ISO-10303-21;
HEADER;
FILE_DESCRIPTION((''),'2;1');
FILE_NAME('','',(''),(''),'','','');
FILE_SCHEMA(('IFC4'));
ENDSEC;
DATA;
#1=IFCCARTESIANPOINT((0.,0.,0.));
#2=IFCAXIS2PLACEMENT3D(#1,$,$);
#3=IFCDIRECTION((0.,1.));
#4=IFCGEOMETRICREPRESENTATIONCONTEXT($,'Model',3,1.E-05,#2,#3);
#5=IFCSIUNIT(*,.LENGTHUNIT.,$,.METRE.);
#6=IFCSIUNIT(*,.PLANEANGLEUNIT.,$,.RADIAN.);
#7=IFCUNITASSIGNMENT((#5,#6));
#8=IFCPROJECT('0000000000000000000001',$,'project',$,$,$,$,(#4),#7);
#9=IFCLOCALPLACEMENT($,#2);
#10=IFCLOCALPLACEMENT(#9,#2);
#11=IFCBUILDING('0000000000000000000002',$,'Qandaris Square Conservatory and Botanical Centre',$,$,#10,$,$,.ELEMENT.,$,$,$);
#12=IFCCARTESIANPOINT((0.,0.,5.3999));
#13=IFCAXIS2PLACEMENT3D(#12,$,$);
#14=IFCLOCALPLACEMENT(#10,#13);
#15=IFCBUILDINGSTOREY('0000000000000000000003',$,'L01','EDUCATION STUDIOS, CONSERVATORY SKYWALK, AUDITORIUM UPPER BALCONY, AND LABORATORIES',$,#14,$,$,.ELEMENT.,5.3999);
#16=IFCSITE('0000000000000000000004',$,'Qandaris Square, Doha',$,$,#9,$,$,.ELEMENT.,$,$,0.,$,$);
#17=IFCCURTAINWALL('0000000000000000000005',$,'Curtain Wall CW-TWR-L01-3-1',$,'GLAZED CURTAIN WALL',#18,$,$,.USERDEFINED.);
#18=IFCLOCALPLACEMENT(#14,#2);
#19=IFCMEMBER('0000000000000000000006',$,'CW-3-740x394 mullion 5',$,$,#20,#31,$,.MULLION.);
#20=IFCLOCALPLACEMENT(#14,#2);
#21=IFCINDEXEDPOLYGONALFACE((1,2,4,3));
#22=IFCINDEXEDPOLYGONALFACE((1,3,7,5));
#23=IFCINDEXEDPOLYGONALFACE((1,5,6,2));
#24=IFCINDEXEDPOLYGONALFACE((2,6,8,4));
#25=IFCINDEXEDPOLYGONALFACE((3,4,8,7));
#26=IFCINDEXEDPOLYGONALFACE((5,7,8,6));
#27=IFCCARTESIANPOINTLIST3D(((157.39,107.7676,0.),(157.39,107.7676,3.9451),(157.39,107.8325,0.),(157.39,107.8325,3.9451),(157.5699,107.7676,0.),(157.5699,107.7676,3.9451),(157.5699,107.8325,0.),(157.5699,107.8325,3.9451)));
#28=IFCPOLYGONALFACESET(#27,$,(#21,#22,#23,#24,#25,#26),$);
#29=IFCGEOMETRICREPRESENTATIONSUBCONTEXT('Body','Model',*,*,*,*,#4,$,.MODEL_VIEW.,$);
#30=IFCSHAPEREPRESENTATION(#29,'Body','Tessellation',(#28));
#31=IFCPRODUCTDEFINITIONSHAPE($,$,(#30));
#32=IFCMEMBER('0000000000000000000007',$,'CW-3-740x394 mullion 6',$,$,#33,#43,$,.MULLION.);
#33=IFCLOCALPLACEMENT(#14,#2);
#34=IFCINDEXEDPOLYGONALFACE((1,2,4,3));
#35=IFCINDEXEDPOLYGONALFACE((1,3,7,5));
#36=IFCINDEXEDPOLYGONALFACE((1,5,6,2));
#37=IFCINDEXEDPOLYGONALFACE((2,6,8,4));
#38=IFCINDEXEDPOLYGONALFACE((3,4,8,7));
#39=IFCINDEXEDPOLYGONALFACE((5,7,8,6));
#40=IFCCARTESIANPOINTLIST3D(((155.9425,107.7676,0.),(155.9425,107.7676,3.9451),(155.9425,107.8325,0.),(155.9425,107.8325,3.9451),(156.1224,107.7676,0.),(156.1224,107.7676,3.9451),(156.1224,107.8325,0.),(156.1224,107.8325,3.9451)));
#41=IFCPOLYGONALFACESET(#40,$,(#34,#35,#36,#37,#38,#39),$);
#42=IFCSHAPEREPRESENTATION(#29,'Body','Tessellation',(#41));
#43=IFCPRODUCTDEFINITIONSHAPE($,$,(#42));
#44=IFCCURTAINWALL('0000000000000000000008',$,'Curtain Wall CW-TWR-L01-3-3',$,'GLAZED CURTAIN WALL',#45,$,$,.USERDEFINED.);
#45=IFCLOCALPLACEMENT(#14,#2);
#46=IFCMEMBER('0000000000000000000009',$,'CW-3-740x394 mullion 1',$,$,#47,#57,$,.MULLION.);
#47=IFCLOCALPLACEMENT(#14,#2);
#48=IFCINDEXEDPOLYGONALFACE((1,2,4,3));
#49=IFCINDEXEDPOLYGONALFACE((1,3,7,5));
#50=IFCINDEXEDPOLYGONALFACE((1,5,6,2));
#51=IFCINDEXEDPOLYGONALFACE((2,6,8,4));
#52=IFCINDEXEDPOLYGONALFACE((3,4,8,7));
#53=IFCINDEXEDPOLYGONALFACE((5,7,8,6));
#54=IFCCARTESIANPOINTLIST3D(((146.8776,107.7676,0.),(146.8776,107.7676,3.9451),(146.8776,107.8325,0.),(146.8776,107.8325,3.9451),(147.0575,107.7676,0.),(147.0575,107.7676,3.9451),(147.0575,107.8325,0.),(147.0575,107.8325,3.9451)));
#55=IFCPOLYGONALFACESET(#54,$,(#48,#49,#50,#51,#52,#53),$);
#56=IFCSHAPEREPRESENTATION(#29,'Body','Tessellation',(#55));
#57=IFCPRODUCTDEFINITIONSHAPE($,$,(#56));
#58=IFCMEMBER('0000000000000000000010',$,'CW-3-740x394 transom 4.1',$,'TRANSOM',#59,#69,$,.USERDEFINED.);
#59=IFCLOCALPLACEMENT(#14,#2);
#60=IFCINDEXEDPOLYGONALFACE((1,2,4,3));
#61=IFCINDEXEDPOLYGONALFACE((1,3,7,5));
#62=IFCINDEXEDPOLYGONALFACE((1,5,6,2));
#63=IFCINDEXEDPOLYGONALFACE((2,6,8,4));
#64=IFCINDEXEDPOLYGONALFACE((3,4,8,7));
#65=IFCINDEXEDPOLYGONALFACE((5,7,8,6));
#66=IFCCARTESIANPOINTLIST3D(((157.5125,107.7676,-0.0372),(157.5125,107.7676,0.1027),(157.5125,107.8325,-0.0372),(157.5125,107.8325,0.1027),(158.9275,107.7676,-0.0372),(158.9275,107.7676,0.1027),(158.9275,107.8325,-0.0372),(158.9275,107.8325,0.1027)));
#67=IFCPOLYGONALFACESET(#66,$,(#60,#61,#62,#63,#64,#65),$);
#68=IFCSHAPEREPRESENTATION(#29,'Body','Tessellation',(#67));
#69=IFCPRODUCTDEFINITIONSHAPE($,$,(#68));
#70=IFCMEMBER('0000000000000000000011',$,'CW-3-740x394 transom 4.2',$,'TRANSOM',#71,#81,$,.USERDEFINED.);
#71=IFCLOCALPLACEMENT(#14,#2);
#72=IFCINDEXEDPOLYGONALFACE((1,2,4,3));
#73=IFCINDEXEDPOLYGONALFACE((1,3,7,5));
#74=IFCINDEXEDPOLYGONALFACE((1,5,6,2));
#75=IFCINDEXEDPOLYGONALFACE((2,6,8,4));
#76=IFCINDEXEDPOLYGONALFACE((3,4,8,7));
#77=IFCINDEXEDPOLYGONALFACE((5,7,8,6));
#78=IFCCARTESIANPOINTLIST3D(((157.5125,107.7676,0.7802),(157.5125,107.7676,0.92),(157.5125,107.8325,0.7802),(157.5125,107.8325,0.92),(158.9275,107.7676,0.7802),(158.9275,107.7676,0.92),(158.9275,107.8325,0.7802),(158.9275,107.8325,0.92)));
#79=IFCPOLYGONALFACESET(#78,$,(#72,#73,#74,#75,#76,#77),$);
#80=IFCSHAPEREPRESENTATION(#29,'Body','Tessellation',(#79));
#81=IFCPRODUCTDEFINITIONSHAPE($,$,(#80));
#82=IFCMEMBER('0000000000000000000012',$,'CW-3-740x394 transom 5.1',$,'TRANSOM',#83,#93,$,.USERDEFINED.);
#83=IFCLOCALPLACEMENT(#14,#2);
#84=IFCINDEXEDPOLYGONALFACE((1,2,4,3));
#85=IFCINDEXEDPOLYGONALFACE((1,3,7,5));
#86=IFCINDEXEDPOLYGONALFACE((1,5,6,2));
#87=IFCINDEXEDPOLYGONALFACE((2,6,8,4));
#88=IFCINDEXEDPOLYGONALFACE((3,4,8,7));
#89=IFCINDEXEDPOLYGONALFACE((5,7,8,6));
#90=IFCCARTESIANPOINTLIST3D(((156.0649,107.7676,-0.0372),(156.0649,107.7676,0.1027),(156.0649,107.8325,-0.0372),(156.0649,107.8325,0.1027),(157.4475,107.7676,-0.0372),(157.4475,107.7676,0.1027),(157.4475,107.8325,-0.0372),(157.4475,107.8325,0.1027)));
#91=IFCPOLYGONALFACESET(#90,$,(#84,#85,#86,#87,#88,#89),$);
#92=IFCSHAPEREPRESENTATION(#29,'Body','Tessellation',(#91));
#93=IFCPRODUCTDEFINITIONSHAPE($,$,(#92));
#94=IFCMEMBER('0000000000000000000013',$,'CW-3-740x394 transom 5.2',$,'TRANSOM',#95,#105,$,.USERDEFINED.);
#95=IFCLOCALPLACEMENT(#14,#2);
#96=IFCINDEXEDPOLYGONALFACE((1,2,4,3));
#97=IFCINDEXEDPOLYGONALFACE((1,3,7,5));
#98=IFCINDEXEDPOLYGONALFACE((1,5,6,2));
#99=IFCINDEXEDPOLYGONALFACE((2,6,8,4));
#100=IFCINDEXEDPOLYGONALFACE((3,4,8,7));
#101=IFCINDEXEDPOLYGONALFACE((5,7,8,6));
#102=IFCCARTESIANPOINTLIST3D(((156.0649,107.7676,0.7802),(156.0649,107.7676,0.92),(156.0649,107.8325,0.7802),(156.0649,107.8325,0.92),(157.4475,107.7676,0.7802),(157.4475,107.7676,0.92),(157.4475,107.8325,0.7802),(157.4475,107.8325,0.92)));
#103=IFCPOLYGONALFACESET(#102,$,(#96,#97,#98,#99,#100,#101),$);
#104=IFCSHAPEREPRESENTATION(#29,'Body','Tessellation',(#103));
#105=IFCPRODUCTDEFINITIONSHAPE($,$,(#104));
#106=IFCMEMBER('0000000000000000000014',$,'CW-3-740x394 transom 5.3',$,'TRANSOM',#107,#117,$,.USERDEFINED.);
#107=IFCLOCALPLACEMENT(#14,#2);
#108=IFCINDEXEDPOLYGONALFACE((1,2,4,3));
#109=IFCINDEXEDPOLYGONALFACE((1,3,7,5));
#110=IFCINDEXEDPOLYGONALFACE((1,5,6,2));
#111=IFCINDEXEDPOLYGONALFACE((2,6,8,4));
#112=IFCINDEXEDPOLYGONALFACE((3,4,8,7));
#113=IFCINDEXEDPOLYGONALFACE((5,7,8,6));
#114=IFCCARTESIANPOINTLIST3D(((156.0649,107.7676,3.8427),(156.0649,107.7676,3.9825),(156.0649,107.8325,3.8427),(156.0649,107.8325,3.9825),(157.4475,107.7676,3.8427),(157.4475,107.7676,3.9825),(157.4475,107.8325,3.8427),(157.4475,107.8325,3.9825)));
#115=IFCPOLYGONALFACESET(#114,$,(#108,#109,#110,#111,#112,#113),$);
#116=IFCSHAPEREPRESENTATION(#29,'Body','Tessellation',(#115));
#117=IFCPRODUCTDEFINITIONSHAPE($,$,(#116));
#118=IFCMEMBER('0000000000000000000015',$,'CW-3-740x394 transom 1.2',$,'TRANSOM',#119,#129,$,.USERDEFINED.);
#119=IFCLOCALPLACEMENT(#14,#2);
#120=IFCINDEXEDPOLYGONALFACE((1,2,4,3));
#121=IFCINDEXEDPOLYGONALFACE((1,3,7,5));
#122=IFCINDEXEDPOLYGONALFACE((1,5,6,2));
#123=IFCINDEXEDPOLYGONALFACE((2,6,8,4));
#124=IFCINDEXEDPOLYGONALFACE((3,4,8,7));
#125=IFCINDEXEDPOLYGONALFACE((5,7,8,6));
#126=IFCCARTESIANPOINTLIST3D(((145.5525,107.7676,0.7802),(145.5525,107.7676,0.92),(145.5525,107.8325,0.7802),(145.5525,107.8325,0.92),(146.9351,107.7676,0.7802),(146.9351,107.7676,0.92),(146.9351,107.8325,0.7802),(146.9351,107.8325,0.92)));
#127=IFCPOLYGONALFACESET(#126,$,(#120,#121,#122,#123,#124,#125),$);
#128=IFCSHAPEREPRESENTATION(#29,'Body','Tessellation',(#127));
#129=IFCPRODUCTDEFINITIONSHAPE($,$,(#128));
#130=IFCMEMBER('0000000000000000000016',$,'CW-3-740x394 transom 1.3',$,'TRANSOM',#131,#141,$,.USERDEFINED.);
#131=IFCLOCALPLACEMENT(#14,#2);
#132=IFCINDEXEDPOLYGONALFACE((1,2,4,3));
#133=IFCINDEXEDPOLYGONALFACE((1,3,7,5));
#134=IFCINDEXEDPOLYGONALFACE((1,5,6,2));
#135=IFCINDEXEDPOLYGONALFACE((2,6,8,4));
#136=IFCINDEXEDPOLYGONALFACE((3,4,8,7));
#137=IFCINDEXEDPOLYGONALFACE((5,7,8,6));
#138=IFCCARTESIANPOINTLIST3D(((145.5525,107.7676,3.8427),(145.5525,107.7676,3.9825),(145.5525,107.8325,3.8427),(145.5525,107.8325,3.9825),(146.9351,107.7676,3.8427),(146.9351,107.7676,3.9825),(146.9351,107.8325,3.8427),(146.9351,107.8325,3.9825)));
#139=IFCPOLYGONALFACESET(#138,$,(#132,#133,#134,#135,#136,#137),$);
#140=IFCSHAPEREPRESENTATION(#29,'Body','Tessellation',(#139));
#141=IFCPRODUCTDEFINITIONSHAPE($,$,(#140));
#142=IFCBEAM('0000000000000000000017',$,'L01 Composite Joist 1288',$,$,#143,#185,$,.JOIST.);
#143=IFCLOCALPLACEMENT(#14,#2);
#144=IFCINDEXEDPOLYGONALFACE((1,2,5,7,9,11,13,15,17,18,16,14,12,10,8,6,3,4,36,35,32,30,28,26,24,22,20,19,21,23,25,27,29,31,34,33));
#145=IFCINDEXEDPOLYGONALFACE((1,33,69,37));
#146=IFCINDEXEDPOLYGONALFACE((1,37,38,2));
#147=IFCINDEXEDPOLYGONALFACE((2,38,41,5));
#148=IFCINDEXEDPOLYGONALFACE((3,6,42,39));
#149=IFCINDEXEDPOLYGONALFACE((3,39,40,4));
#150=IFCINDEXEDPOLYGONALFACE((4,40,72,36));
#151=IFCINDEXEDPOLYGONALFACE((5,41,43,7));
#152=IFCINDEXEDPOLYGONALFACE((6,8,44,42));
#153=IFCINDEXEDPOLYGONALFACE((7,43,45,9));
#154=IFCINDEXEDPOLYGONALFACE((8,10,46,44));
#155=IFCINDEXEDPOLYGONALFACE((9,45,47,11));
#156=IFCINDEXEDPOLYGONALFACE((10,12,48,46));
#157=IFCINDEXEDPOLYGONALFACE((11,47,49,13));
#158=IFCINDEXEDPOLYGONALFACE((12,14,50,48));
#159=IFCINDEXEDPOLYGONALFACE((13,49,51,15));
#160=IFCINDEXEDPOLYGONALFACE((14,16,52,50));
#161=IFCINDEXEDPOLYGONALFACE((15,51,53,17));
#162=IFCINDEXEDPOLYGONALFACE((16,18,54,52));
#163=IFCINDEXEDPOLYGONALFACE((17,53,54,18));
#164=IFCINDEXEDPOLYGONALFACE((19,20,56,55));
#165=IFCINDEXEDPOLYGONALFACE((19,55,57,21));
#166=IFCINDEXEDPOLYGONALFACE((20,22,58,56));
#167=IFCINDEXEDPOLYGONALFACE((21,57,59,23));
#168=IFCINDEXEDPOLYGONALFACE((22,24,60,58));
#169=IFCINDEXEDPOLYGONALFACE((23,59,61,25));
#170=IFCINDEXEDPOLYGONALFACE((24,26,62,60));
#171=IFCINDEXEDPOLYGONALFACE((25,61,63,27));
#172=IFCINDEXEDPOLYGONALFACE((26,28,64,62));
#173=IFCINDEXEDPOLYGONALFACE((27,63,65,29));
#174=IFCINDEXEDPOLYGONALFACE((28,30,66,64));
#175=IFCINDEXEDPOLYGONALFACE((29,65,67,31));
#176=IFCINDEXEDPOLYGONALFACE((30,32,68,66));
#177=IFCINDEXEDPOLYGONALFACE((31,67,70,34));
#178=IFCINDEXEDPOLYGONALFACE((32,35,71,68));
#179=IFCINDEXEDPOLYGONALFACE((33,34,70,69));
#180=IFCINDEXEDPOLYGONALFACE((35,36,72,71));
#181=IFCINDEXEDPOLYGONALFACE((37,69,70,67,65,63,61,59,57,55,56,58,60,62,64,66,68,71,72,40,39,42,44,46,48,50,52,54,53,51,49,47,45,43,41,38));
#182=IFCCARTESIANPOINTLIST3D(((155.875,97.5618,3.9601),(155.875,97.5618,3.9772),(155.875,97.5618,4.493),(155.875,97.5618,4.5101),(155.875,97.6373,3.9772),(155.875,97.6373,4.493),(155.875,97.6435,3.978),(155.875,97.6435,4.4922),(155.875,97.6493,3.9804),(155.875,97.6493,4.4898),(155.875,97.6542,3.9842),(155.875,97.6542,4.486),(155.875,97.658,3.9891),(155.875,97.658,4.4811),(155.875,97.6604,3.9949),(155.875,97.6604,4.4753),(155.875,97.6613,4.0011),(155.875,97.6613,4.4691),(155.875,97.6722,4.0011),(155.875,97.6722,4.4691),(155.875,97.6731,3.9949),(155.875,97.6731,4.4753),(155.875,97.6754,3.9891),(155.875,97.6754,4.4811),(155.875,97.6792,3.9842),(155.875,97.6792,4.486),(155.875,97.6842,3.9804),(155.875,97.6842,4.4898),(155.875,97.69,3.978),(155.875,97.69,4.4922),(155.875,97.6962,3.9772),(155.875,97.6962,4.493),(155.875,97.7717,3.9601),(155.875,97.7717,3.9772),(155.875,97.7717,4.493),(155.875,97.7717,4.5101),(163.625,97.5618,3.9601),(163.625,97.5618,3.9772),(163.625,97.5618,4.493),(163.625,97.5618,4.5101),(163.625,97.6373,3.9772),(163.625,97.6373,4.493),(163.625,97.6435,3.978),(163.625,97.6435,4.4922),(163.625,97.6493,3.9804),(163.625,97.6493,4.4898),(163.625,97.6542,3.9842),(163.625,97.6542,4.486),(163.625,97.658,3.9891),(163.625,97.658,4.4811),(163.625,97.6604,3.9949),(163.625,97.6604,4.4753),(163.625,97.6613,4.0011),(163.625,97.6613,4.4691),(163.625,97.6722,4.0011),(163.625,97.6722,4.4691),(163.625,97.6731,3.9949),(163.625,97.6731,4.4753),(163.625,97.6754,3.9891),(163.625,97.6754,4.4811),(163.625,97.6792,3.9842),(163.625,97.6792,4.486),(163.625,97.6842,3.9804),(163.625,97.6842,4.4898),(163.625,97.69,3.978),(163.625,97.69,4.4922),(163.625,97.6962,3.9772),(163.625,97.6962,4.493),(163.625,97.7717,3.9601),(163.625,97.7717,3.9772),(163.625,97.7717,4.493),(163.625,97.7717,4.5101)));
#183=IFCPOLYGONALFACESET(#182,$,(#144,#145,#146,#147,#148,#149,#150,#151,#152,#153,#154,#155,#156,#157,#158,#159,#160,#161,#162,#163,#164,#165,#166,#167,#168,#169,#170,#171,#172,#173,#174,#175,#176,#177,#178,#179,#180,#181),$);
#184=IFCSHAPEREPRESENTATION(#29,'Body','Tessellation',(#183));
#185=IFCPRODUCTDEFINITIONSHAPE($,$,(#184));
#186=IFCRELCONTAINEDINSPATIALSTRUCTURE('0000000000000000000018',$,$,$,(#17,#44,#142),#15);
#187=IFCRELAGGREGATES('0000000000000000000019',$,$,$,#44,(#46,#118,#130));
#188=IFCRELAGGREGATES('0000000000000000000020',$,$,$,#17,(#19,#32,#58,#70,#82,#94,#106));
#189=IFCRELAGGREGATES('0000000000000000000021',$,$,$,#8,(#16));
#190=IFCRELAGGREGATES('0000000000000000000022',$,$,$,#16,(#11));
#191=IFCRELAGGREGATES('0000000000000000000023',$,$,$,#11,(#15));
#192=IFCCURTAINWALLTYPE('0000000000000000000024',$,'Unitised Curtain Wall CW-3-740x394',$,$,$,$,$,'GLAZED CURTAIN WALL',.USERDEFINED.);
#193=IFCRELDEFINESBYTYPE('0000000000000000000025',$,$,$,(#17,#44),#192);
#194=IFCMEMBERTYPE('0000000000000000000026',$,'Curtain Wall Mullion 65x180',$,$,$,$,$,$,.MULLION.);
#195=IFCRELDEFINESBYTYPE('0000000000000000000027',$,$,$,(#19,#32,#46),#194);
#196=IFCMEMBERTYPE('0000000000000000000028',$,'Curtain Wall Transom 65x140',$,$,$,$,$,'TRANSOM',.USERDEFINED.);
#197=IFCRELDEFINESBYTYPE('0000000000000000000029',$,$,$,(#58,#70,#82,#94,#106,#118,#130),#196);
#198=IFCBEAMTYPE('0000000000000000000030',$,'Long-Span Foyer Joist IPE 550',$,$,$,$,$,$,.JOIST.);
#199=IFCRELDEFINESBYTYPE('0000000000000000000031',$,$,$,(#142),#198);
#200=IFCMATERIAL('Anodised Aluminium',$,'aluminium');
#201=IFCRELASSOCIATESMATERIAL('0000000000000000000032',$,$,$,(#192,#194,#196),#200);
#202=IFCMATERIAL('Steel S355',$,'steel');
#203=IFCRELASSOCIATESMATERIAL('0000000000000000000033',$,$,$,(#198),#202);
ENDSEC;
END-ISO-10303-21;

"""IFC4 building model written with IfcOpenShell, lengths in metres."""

from ifc_helpers import new_model, si_unit, direction, frame, origin, origin_2d, place, context, subcontext, project, spatial, rectangle, i_section, extrude, material, material_profile, profile_set, type_object, element, aggregate, save


model = new_model("IFC4")

# Units and contexts
model_context = context("Model", 3, precision=1e-05, world=origin(), true_north=direction((0.0, 1.0)))
body_context = subcontext(model_context, "Body", "Model", "MODEL_VIEW")
ifc_project = project(units=[si_unit("LENGTHUNIT", "METRE"), si_unit("PLANEANGLEUNIT", "RADIAN")], contexts=[model_context])

# Site, building, storey
site_placement = place(None, origin())
site = spatial("IfcSite", under=ifc_project, at=site_placement, Name="Qandaris Square, Doha", CompositionType="ELEMENT", RefElevation=0.0)
building_placement = place(site_placement, origin())
building = spatial("IfcBuilding", under=site, at=building_placement, Name="Qandaris Square Conservatory and Botanical Centre", CompositionType="ELEMENT")
storey_placement = place(building_placement, frame((0.0, 0.0, 5.3999)))
storey = spatial("IfcBuildingStorey", under=building, at=storey_placement, Name="L01", Description="EDUCATION STUDIOS, CONSERVATORY SKYWALK, AUDITORIUM UPPER BALCONY, AND LABORATORIES", CompositionType="ELEMENT", Elevation=5.3999)

# Shared definitions
ifc_material_1 = material(Name="Steel S355", Category="steel")

# Curtain wall, members
ifc_material_2 = material(Name="Anodised Aluminium", Category="aluminium")
curtain_wall_type = type_object("IfcCurtainWallType", Name="Unitised Curtain Wall CW-3-740x394", ElementType="GLAZED CURTAIN WALL", PredefinedType="USERDEFINED", material=ifc_material_2)
curtain_wall_1_placement = place(storey_placement, origin())
curtain_wall_1 = element("IfcCurtainWall", 1, at=curtain_wall_1_placement, inside=storey, type_object=curtain_wall_type, Name="Curtain Wall CW-TWR-L01-3-1", ObjectType="GLAZED CURTAIN WALL", PredefinedType="USERDEFINED")
ifc_material_profile_1 = material_profile(ifc_material_2, rectangle(XDim=0.0649, YDim=0.1799, at=origin_2d()), Name="ALU-MUL 65x180")
ifc_profile_set_1 = profile_set([ifc_material_profile_1], Name="Anodised Aluminium")
member_type_1 = type_object("IfcMemberType", Name="Curtain Wall Mullion 65x180", PredefinedType="MULLION", material=ifc_profile_set_1)
member_1_placement = place(storey_placement, frame((157.48, 107.8, 0.0), z_axis=(0.0, 0.0, 1.0), x_axis=(0.0, -1.0, 0.0)))
member_1 = element("IfcMember", 2, at=member_1_placement, type_object=member_type_1, Name="CW-3-740x394 mullion 5", PredefinedType="MULLION", context=body_context, shape_type="SweptSolid", body=[
    extrude(rectangle(XDim=0.0649, YDim=0.1799, at=origin_2d()), origin(), (0.0, 0.0, 1.0), 3.9451),
])
member_2_placement = place(storey_placement, frame((156.0325, 107.8, 0.0), z_axis=(0.0, 0.0, 1.0), x_axis=(0.0, -1.0, 0.0)))
member_2 = element("IfcMember", 3, at=member_2_placement, type_object=member_type_1, Name="CW-3-740x394 mullion 6", PredefinedType="MULLION", context=body_context, shape_type="SweptSolid", body=[
    extrude(rectangle(XDim=0.0649, YDim=0.1799, at=origin_2d()), origin(), (0.0, 0.0, 1.0), 3.9451),
])

# Curtain wall, member
curtain_wall_2_placement = place(storey_placement, origin())
curtain_wall_2 = element("IfcCurtainWall", 4, at=curtain_wall_2_placement, inside=storey, type_object=curtain_wall_type, Name="Curtain Wall CW-TWR-L01-3-3", ObjectType="GLAZED CURTAIN WALL", PredefinedType="USERDEFINED")
member_3_placement = place(storey_placement, frame((146.9675, 107.8, 0.0), z_axis=(0.0, 0.0, 1.0), x_axis=(0.0, -1.0, 0.0)))
member_3 = element("IfcMember", 5, at=member_3_placement, type_object=member_type_1, Name="CW-3-740x394 mullion 1", PredefinedType="MULLION", context=body_context, shape_type="SweptSolid", body=[
    extrude(rectangle(XDim=0.0649, YDim=0.1799, at=origin_2d()), origin(), (0.0, 0.0, 1.0), 3.9451),
])

# Members
ifc_material_profile_2 = material_profile(ifc_material_2, rectangle(XDim=0.0649, YDim=0.1399, at=origin_2d()), Name="ALU-TRN 65x140")
ifc_profile_set_2 = profile_set([ifc_material_profile_2], Name="Anodised Aluminium")
member_type_2 = type_object("IfcMemberType", Name="Curtain Wall Transom 65x140", ElementType="TRANSOM", PredefinedType="USERDEFINED", material=ifc_profile_set_2)
member_4_placement = place(storey_placement, frame((158.9275, 107.8, 0.0327), z_axis=(-1.0, 0.0, 0.0), x_axis=(0.0, -1.0, 0.0)))
member_4 = element("IfcMember", 6, at=member_4_placement, type_object=member_type_2, Name="CW-3-740x394 transom 4.1", ObjectType="TRANSOM", PredefinedType="USERDEFINED", context=body_context, shape_type="SweptSolid", body=[
    extrude(rectangle(XDim=0.0649, YDim=0.1399, at=origin_2d()), origin(), (0.0, 0.0, 1.0), 1.415),
])
member_5_placement = place(storey_placement, frame((158.9275, 107.8, 0.8501), z_axis=(-1.0, 0.0, 0.0), x_axis=(0.0, -1.0, 0.0)))
member_5 = element("IfcMember", 7, at=member_5_placement, type_object=member_type_2, Name="CW-3-740x394 transom 4.2", ObjectType="TRANSOM", PredefinedType="USERDEFINED", context=body_context, shape_type="SweptSolid", body=[
    extrude(rectangle(XDim=0.0649, YDim=0.1399, at=origin_2d()), origin(), (0.0, 0.0, 1.0), 1.415),
])
member_6_placement = place(storey_placement, frame((157.4475, 107.8, 0.0327), z_axis=(-1.0, 0.0, 0.0), x_axis=(0.0, -1.0, 0.0)))
member_6 = element("IfcMember", 8, at=member_6_placement, type_object=member_type_2, Name="CW-3-740x394 transom 5.1", ObjectType="TRANSOM", PredefinedType="USERDEFINED", context=body_context, shape_type="SweptSolid", body=[
    extrude(rectangle(XDim=0.0649, YDim=0.1399, at=origin_2d()), origin(), (0.0, 0.0, 1.0), 1.3826),
])
member_7_placement = place(storey_placement, frame((157.4475, 107.8, 0.8501), z_axis=(-1.0, 0.0, 0.0), x_axis=(0.0, -1.0, 0.0)))
member_7 = element("IfcMember", 9, at=member_7_placement, type_object=member_type_2, Name="CW-3-740x394 transom 5.2", ObjectType="TRANSOM", PredefinedType="USERDEFINED", context=body_context, shape_type="SweptSolid", body=[
    extrude(rectangle(XDim=0.0649, YDim=0.1399, at=origin_2d()), origin(), (0.0, 0.0, 1.0), 1.3826),
])
member_8_placement = place(storey_placement, frame((157.4475, 107.8, 3.9126), z_axis=(-1.0, 0.0, 0.0), x_axis=(0.0, -1.0, 0.0)))
member_8 = element("IfcMember", 10, at=member_8_placement, type_object=member_type_2, Name="CW-3-740x394 transom 5.3", ObjectType="TRANSOM", PredefinedType="USERDEFINED", context=body_context, shape_type="SweptSolid", body=[
    extrude(rectangle(XDim=0.0649, YDim=0.1399, at=origin_2d()), origin(), (0.0, 0.0, 1.0), 1.3826),
])
member_9_placement = place(storey_placement, frame((146.9351, 107.8, 0.8501), z_axis=(-1.0, 0.0, 0.0), x_axis=(0.0, -1.0, 0.0)))
member_9 = element("IfcMember", 11, at=member_9_placement, type_object=member_type_2, Name="CW-3-740x394 transom 1.2", ObjectType="TRANSOM", PredefinedType="USERDEFINED", context=body_context, shape_type="SweptSolid", body=[
    extrude(rectangle(XDim=0.0649, YDim=0.1399, at=origin_2d()), origin(), (0.0, 0.0, 1.0), 1.3826),
])
member_10_placement = place(storey_placement, frame((146.9351, 107.8, 3.9126), z_axis=(-1.0, 0.0, 0.0), x_axis=(0.0, -1.0, 0.0)))
member_10 = element("IfcMember", 12, at=member_10_placement, type_object=member_type_2, Name="CW-3-740x394 transom 1.3", ObjectType="TRANSOM", PredefinedType="USERDEFINED", context=body_context, shape_type="SweptSolid", body=[
    extrude(rectangle(XDim=0.0649, YDim=0.1399, at=origin_2d()), origin(), (0.0, 0.0, 1.0), 1.3826),
])
aggregate(curtain_wall_2, [member_3, member_9, member_10])

# Beam
ifc_material_profile_3 = material_profile(ifc_material_1, i_section(OverallWidth=0.21, OverallDepth=0.55, WebThickness=0.011, FlangeThickness=0.0171, FilletRadius=0.0239, at=origin_2d()), Name="IPE 550")
ifc_profile_set_3 = profile_set([ifc_material_profile_3], Name="Steel S355")
beam_type_1 = type_object("IfcBeamType", Name="Long-Span Foyer Joist IPE 550", PredefinedType="JOIST", material=ifc_profile_set_3)
beam_1_placement = place(storey_placement, frame((155.875, 97.6667, 4.2351), z_axis=(1.0, 0.0, 0.0), x_axis=(0.0, 1.0, 0.0)))
element("IfcBeam", 13, at=beam_1_placement, inside=storey, type_object=beam_type_1, Name="L01 Composite Joist 1288", PredefinedType="JOIST", context=body_context, shape_type="SweptSolid", body=[
    extrude(i_section(OverallWidth=0.21, OverallDepth=0.55, WebThickness=0.011, FlangeThickness=0.0171, FilletRadius=0.0239, at=origin_2d()), origin(), (0.0, 0.0, 1.0), 7.75),
])

aggregate(curtain_wall_1, [member_1, member_2, member_4, member_5, member_6, member_7, member_8])

save(model, "model.ifc")
